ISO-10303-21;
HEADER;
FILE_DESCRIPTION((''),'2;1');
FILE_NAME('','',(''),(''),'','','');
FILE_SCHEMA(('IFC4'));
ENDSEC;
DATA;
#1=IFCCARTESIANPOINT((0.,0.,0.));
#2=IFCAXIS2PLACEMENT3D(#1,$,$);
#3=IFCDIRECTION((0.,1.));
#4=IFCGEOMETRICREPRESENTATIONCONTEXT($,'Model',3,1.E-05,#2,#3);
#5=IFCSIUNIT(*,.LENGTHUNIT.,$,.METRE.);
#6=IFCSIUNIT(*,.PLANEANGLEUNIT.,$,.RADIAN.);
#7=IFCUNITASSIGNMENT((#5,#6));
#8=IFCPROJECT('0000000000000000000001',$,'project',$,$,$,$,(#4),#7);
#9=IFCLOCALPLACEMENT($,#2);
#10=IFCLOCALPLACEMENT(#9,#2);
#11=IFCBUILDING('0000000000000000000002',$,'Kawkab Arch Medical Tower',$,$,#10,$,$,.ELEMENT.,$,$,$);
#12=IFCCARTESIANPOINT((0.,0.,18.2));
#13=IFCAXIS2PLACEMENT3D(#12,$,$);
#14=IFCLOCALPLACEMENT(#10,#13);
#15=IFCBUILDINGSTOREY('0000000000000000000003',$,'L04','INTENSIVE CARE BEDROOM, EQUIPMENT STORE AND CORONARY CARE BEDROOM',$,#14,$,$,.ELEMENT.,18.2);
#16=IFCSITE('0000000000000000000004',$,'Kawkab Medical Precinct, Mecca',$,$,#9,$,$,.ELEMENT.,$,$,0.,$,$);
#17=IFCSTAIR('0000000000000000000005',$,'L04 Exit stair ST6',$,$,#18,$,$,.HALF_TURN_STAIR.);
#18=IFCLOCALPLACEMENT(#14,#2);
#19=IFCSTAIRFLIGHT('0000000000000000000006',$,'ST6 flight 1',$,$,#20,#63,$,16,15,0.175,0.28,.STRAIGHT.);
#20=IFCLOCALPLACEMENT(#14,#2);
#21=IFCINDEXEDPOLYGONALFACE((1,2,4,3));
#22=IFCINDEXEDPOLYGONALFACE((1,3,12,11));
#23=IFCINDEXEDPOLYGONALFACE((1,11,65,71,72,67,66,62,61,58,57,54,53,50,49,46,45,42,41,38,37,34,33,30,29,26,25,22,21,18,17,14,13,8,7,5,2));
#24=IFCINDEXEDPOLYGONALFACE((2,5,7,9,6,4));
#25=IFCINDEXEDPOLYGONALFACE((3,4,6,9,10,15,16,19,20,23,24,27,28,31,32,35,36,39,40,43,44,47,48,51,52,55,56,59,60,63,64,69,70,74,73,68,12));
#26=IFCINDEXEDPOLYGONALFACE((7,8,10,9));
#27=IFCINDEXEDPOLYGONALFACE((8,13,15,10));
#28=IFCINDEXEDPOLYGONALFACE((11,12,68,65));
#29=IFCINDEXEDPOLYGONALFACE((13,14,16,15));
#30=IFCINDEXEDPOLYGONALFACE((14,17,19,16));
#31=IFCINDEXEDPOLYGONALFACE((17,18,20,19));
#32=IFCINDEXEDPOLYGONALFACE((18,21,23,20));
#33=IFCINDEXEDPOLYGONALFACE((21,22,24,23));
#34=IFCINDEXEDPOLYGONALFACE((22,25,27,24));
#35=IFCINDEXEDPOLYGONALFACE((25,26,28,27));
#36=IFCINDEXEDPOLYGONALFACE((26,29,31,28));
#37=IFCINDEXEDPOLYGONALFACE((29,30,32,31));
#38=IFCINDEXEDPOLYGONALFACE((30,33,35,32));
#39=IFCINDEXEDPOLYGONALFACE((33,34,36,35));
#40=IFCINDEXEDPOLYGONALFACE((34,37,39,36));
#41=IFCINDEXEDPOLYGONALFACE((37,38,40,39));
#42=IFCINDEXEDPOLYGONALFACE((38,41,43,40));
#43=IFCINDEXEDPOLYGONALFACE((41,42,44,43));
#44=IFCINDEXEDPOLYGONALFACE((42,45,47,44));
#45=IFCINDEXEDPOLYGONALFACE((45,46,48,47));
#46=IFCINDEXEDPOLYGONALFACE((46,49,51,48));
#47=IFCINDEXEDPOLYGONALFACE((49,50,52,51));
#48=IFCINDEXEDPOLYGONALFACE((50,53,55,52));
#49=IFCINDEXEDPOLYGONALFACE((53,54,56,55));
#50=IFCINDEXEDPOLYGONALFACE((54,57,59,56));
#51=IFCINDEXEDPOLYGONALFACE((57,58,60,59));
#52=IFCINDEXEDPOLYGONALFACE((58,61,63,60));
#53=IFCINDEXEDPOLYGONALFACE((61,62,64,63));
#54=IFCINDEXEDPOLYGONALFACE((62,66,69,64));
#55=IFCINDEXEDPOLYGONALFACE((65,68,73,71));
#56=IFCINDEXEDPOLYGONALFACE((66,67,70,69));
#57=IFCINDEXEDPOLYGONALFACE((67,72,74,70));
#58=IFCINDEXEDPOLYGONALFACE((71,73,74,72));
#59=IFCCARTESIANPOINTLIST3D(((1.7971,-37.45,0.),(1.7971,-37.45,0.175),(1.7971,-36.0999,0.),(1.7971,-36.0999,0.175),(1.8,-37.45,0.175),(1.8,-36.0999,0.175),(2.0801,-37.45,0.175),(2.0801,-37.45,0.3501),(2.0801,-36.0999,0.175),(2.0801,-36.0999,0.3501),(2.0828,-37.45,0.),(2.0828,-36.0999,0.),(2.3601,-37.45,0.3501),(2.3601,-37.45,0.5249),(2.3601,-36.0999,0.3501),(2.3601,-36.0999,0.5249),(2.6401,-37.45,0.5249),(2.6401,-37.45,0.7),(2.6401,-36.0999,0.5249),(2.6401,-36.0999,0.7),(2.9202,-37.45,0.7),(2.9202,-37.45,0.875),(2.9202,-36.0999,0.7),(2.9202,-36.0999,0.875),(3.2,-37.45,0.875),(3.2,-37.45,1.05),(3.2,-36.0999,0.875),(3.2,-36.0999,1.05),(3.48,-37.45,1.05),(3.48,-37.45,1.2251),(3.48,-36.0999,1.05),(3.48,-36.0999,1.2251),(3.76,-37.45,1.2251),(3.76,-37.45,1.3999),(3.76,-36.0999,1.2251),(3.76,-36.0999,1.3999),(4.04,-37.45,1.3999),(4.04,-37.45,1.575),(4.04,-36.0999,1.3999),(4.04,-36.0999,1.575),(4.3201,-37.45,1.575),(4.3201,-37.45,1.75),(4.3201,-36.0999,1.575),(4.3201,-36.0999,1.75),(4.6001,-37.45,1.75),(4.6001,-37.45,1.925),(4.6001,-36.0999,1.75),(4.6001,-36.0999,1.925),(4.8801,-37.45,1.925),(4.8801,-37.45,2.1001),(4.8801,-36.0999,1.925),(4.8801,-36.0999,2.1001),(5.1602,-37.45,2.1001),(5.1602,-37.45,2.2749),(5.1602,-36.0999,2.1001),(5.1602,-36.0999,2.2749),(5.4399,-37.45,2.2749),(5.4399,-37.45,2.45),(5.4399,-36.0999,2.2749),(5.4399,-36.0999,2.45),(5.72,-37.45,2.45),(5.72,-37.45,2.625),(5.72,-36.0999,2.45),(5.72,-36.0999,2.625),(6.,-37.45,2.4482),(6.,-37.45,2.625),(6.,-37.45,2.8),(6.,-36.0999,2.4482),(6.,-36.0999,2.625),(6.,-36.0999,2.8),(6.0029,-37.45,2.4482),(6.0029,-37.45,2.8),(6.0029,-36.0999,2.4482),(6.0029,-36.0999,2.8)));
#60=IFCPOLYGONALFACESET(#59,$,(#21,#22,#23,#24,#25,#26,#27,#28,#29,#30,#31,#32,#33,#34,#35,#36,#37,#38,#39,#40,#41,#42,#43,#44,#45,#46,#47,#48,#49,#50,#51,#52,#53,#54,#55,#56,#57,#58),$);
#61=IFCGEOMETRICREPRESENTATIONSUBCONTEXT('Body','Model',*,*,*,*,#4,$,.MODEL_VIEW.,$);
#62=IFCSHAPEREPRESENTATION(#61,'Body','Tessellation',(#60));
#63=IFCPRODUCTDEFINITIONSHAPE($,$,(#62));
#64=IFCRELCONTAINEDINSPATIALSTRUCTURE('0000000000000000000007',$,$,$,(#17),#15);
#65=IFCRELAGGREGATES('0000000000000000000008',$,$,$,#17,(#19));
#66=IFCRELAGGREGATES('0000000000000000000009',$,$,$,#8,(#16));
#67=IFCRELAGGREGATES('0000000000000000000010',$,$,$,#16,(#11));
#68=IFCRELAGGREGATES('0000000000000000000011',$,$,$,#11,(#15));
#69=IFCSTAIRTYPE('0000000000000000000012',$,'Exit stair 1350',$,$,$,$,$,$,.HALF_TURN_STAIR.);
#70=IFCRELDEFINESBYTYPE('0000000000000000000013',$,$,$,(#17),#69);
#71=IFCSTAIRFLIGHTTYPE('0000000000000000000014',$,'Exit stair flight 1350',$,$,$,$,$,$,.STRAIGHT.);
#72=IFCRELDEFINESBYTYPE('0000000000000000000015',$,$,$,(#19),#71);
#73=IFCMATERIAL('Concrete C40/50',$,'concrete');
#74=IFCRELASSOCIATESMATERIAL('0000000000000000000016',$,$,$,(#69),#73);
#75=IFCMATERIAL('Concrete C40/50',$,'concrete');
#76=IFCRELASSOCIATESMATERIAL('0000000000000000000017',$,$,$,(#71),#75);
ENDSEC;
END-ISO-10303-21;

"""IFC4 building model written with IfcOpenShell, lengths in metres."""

from ifc_helpers import new_model, si_unit, direction, frame, origin, place, context, subcontext, project, spatial, polyline, outline, extrude, material, type_object, element, aggregate, save


model = new_model("IFC4")

# Units and contexts
model_context = context("Model", 3, precision=1e-05, world=origin(), true_north=direction((0.0, 1.0)))
body_context = subcontext(model_context, "Body", "Model", "MODEL_VIEW")
ifc_project = project(units=[si_unit("LENGTHUNIT", "METRE"), si_unit("PLANEANGLEUNIT", "RADIAN")], contexts=[model_context])

# Site, building, storey
site_placement = place(None, origin())
site = spatial("IfcSite", under=ifc_project, at=site_placement, Name="Kawkab Medical Precinct, Mecca", CompositionType="ELEMENT", RefElevation=0.0)
building_placement = place(site_placement, origin())
building = spatial("IfcBuilding", under=site, at=building_placement, Name="Kawkab Arch Medical Tower", CompositionType="ELEMENT")
storey_placement = place(building_placement, frame((0.0, 0.0, 18.2)))
storey = spatial("IfcBuildingStorey", under=building, at=storey_placement, Name="L04", Description="INTENSIVE CARE BEDROOM, EQUIPMENT STORE AND CORONARY CARE BEDROOM", CompositionType="ELEMENT", Elevation=18.2)

# Stair, stair flight
ifc_material_1 = material(Name="Concrete C40/50", Category="concrete")
stair_type = type_object("IfcStairType", Name="Exit stair 1350", PredefinedType="HALF_TURN_STAIR", material=ifc_material_1)
stair_placement = place(storey_placement, origin())
stair = element("IfcStair", 1, at=stair_placement, inside=storey, type_object=stair_type, Name="L04 Exit stair ST6", PredefinedType="HALF_TURN_STAIR")
ifc_material_2 = material(Name="Concrete C40/50", Category="concrete")
stair_flight_type = type_object("IfcStairFlightType", Name="Exit stair flight 1350", PredefinedType="STRAIGHT", material=ifc_material_2)
stair_flight_placement = place(storey_placement, frame((1.8, -36.7749, 0.0), z_axis=(0.0, 0.0, 1.0), x_axis=(1.0, 0.0, 0.0)))
stair_flight = element("IfcStairFlight", 2, at=stair_flight_placement, type_object=stair_flight_type, Name="ST6 flight 1", NumberOfRisers=16, NumberOfTreads=15, PredefinedType="STRAIGHT", RiserHeight=0.175, TreadLength=0.28, context=body_context, shape_type="SweptSolid", body=[
    extrude(outline(polyline([(-0.0029, 0.0), (-0.0029, 0.175), (0.0, 0.175), (0.28, 0.175), (0.28, 0.3501), (0.5601, 0.3501), (0.5601, 0.5249), (0.8401, 0.5249), (0.8401, 0.7), (1.1201, 0.7), (1.1201, 0.875), (1.3999, 0.875), (1.3999, 1.05), (1.6799, 1.05), (1.6799, 1.2251), (1.96, 1.2251), (1.96, 1.3999), (2.24, 1.3999), (2.24, 1.575), (2.52, 1.575), (2.52, 1.75), (2.8, 1.75), (2.8, 1.925), (3.0801, 1.925), (3.0801, 2.1001), (3.3601, 2.1001), (3.3601, 2.2749), (3.6399, 2.2749), (3.6399, 2.45), (3.9199, 2.45), (3.9199, 2.625), (4.2, 2.625), (4.2, 2.8), (4.2029, 2.8), (4.2029, 2.4482), (4.2, 2.4482), (0.2827, 0.0), (-0.0029, 0.0)])), frame((0.0, 0.675, 0.0), z_axis=(0.0, -1.0, 0.0), x_axis=(1.0, 0.0, 0.0)), (0.0, 0.0, 1.0), 1.3501),
])
aggregate(stair, [stair_flight])

save(model, "model.ifc")
